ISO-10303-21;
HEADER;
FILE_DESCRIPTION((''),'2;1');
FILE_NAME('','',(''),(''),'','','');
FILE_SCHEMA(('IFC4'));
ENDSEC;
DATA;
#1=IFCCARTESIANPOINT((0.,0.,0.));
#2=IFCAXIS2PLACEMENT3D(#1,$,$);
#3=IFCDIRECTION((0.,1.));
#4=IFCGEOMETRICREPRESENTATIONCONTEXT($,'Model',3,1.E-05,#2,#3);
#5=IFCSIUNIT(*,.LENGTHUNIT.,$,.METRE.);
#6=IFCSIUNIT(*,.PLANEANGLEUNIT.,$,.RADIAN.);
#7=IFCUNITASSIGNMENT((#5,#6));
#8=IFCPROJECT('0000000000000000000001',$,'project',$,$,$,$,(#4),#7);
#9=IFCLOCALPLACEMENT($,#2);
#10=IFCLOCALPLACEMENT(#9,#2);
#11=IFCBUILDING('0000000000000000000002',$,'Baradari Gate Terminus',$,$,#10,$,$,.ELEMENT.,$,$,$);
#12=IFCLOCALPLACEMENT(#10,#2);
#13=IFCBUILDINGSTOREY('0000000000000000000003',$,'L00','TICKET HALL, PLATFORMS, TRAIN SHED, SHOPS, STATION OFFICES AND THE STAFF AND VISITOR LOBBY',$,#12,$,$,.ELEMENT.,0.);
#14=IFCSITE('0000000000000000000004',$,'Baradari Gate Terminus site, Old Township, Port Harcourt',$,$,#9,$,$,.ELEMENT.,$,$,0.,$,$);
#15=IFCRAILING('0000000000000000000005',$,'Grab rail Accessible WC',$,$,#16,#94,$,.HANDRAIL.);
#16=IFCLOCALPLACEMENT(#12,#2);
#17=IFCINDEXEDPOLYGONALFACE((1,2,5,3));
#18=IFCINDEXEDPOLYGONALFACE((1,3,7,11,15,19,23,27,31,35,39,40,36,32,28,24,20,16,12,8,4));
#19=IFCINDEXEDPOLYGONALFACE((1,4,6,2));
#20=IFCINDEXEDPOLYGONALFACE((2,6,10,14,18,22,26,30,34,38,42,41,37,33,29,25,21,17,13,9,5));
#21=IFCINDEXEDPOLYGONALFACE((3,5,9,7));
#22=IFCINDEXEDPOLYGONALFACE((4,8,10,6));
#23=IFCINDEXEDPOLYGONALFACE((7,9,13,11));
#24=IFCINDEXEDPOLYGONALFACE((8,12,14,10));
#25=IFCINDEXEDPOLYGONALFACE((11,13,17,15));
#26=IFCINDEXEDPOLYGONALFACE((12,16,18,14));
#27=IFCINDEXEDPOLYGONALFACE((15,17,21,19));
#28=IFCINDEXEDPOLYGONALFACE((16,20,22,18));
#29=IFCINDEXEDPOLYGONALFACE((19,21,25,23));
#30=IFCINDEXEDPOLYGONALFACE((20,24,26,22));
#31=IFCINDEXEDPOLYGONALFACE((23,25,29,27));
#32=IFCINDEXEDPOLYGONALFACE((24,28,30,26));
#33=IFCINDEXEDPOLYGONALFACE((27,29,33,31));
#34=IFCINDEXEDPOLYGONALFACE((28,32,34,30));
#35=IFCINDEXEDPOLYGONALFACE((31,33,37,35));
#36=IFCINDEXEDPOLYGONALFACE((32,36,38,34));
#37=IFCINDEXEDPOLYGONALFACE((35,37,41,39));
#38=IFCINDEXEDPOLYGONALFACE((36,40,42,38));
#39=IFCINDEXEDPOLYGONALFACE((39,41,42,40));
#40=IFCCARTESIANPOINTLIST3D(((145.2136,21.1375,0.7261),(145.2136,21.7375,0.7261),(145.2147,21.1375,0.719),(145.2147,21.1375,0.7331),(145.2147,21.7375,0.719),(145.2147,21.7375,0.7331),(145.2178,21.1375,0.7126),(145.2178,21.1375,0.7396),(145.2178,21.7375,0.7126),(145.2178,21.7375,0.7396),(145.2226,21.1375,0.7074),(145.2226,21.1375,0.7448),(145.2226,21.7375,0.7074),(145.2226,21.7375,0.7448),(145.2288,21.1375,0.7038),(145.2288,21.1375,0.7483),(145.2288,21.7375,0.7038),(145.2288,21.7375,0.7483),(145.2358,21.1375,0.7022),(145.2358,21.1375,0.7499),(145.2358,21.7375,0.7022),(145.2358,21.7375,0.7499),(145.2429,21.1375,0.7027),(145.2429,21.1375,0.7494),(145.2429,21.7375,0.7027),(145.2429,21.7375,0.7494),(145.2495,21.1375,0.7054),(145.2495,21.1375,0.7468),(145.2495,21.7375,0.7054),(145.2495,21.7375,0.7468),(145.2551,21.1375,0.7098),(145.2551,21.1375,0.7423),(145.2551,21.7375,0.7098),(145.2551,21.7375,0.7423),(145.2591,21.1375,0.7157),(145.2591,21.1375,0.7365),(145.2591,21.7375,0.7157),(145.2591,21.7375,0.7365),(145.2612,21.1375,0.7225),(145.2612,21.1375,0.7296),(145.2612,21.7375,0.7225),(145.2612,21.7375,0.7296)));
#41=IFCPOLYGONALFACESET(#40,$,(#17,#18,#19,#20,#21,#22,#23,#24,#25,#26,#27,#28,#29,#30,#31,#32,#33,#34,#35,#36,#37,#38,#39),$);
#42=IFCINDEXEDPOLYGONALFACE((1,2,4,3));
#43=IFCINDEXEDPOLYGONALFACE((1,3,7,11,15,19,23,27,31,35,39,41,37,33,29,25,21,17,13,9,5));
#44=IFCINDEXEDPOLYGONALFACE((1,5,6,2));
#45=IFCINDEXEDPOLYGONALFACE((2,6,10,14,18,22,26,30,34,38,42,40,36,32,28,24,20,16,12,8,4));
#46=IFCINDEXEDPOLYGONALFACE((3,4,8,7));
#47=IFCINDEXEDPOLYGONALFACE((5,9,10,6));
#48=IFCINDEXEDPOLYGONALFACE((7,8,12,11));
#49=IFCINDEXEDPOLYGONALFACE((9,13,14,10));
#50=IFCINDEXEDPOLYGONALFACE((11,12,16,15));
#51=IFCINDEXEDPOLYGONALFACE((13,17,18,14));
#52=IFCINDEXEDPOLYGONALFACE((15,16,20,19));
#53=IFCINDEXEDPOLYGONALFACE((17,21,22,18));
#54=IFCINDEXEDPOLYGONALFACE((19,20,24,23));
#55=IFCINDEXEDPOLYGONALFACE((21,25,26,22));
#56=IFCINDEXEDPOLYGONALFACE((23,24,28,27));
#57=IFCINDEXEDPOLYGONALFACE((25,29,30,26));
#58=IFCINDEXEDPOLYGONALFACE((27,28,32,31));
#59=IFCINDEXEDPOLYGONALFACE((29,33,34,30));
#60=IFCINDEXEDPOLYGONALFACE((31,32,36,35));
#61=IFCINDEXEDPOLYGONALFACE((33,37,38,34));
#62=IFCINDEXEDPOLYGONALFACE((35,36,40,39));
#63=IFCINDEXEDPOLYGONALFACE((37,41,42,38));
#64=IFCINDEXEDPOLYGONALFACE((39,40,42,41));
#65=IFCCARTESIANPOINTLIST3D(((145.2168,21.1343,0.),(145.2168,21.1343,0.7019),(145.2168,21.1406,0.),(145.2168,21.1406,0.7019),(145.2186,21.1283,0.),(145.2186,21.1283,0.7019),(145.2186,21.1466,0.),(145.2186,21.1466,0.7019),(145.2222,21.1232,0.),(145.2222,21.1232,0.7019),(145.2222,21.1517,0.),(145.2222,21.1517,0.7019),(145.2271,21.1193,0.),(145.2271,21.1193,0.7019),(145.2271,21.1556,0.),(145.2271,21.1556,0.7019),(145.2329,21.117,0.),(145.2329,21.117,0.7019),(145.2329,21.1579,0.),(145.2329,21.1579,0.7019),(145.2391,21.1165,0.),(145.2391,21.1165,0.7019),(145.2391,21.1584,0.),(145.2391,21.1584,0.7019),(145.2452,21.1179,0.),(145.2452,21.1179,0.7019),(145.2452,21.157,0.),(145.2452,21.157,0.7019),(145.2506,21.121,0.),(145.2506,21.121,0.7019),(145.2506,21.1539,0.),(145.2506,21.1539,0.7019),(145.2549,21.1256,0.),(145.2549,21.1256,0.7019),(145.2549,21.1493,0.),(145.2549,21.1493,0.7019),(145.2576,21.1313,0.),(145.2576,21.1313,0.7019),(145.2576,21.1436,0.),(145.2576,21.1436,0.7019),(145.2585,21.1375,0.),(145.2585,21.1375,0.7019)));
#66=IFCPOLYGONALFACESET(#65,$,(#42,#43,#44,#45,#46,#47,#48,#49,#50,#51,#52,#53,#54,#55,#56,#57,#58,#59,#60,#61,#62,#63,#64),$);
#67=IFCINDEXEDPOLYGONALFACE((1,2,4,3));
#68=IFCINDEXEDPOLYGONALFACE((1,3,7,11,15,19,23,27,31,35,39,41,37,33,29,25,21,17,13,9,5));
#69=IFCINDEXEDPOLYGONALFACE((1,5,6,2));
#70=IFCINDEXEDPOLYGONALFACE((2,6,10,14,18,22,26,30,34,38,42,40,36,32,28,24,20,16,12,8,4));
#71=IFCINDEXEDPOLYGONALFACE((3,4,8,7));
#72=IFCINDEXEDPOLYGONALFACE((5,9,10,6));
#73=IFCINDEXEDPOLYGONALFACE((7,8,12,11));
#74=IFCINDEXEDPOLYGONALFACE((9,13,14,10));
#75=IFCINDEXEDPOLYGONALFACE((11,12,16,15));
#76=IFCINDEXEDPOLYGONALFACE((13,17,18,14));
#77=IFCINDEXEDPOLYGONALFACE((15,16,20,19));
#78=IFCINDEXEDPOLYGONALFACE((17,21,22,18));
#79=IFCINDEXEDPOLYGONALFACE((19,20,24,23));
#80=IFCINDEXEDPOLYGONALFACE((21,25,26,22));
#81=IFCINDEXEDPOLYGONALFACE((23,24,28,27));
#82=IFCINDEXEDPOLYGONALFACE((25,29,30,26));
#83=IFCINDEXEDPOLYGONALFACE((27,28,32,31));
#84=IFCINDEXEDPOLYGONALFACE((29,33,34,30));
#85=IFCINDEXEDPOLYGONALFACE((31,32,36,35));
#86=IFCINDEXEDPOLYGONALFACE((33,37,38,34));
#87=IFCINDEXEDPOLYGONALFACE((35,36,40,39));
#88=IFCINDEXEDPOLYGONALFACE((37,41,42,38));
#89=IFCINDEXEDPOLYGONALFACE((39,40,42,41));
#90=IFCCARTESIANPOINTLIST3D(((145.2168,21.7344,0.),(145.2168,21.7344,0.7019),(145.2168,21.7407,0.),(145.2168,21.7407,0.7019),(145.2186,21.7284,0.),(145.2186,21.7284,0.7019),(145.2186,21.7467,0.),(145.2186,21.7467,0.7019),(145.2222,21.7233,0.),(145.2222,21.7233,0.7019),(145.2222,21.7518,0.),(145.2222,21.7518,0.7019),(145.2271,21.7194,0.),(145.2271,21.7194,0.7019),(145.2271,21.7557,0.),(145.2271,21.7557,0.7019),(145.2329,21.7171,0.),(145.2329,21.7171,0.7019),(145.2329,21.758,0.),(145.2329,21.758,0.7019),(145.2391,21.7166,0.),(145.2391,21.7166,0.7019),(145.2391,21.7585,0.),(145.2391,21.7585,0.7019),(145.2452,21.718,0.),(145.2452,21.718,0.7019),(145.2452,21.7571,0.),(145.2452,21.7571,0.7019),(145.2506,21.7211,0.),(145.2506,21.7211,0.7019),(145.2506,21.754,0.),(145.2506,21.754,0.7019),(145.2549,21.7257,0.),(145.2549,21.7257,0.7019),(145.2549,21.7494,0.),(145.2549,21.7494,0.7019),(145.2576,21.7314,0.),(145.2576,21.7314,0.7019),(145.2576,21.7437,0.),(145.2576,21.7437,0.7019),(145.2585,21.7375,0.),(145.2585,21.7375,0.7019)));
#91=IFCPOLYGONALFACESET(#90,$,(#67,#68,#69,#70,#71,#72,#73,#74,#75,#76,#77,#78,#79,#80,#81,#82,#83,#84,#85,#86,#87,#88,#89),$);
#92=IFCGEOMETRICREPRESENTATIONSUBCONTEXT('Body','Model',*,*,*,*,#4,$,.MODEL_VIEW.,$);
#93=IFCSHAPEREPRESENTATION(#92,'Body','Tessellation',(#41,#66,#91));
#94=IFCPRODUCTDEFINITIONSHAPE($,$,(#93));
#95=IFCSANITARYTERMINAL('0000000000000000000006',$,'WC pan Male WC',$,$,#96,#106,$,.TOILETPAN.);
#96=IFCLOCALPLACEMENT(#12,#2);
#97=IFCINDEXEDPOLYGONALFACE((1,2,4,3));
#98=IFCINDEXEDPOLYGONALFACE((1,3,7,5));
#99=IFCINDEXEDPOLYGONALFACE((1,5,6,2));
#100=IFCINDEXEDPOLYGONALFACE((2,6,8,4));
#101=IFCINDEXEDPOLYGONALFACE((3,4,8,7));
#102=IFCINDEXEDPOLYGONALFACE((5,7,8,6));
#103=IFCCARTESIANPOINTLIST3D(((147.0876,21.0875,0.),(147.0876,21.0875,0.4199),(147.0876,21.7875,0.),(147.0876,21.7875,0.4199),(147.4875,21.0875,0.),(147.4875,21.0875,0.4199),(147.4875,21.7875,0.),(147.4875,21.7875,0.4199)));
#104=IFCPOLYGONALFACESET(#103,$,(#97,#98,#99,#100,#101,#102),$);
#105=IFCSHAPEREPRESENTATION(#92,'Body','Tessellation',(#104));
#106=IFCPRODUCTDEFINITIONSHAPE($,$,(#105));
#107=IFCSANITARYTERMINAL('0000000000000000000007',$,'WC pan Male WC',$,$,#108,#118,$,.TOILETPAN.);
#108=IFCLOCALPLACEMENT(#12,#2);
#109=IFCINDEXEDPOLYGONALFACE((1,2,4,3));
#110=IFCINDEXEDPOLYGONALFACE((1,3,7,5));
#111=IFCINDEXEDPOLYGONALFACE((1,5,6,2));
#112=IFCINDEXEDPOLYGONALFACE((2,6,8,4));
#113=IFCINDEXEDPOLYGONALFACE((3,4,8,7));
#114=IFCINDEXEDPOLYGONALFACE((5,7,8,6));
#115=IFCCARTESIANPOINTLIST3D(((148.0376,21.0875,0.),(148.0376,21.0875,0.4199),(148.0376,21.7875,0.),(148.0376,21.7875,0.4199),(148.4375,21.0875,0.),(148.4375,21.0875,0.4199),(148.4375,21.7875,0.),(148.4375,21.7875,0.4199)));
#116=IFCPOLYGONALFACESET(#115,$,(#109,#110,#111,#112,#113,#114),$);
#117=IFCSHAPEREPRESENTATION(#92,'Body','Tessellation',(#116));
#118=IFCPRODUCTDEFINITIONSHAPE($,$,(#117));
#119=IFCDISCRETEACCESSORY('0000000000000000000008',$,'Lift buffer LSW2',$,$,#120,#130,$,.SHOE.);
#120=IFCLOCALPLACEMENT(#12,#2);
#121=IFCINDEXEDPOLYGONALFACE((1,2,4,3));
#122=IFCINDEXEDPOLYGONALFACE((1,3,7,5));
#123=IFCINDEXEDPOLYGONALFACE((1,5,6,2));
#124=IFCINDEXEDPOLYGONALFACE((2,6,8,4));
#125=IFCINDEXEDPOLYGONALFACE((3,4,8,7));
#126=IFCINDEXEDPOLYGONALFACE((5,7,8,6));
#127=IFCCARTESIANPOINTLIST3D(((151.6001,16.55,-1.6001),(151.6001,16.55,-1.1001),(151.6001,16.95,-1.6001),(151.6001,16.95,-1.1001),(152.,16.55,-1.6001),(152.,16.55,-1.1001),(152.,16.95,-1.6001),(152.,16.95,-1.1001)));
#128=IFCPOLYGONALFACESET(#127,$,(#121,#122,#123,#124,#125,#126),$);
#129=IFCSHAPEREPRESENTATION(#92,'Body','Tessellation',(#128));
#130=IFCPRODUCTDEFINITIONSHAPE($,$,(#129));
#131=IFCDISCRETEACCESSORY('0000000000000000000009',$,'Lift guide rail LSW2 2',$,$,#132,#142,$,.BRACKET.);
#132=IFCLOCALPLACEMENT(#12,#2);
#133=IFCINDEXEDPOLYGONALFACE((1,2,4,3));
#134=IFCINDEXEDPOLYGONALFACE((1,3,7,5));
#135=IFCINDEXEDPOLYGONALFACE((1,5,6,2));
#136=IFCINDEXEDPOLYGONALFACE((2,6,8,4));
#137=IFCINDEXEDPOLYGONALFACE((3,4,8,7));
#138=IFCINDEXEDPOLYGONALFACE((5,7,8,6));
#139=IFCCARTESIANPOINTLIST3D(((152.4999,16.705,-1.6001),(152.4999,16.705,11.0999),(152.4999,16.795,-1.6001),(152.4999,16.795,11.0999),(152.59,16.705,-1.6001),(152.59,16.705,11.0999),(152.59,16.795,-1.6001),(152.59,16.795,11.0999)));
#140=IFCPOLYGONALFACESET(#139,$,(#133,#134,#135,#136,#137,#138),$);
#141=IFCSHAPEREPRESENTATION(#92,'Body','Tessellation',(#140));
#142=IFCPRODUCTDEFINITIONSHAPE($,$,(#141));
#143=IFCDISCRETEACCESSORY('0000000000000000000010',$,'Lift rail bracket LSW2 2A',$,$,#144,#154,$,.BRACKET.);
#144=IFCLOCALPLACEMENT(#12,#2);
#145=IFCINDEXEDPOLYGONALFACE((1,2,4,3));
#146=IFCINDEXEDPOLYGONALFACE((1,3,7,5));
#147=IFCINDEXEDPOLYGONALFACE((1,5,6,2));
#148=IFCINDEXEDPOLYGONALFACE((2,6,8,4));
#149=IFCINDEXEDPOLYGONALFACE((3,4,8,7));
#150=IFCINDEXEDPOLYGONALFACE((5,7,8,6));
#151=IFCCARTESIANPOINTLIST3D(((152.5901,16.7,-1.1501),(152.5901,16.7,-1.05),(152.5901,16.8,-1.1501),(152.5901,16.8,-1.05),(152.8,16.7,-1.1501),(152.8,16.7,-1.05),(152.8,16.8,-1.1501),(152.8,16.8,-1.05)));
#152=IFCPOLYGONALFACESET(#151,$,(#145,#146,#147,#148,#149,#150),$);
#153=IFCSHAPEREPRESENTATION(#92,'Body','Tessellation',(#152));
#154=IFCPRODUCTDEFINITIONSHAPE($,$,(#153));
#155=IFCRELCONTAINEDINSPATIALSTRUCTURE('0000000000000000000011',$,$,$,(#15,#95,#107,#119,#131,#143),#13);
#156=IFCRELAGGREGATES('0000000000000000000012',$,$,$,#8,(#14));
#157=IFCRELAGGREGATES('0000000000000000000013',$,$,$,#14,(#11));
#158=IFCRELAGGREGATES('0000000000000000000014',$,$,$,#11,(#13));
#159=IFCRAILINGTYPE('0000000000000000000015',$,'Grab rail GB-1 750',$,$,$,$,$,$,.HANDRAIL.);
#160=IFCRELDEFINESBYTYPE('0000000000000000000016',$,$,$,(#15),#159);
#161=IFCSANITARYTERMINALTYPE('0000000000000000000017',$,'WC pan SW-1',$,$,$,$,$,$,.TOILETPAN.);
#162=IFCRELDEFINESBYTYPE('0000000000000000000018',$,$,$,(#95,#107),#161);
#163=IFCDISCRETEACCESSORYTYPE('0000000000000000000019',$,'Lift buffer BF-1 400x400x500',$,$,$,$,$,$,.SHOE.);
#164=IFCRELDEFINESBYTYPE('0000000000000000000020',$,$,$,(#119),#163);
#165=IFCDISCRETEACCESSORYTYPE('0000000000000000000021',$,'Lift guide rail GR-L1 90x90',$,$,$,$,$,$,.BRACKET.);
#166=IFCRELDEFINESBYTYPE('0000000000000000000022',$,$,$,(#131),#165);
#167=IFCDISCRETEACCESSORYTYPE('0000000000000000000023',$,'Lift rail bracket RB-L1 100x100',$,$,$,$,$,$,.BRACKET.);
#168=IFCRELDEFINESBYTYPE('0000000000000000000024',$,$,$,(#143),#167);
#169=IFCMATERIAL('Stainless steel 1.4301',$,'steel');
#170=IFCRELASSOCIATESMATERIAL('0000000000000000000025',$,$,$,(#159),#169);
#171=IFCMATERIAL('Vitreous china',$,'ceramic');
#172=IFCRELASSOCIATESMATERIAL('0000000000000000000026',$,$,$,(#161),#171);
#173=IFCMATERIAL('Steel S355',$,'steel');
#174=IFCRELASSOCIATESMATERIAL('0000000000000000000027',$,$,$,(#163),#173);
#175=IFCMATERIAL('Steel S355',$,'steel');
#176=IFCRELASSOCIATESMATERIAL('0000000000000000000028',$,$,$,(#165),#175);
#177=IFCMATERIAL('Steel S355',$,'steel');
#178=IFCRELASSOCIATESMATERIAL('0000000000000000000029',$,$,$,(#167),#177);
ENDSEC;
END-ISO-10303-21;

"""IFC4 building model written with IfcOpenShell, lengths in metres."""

from ifc_helpers import new_model, si_unit, direction, frame, origin, origin_2d, place, context, subcontext, project, spatial, rectangle, circle, extrude, material, type_object, element, save


model = new_model("IFC4")

# Units and contexts
model_context = context("Model", 3, precision=1e-05, world=origin(), true_north=direction((0.0, 1.0)))
body_context = subcontext(model_context, "Body", "Model", "MODEL_VIEW")
ifc_project = project(units=[si_unit("LENGTHUNIT", "METRE"), si_unit("PLANEANGLEUNIT", "RADIAN")], contexts=[model_context])

# Site, building, storey
site_placement = place(None, origin())
site = spatial("IfcSite", under=ifc_project, at=site_placement, Name="Baradari Gate Terminus site, Old Township, Port Harcourt", CompositionType="ELEMENT", RefElevation=0.0)
building_placement = place(site_placement, origin())
building = spatial("IfcBuilding", under=site, at=building_placement, Name="Baradari Gate Terminus", CompositionType="ELEMENT")
storey_placement = place(building_placement, origin())
storey = spatial("IfcBuildingStorey", under=building, at=storey_placement, Name="L00", Description="TICKET HALL, PLATFORMS, TRAIN SHED, SHOPS, STATION OFFICES AND THE STAFF AND VISITOR LOBBY", CompositionType="ELEMENT", Elevation=0.0)

# Railing
ifc_material_1 = material(Name="Stainless steel 1.4301", Category="steel")
railing_type = type_object("IfcRailingType", Name="Grab rail GB-1 750", PredefinedType="HANDRAIL", material=ifc_material_1)
railing_placement = place(storey_placement, frame((145.2375, 21.1375, 0.0)))
element("IfcRailing", 1, at=railing_placement, inside=storey, type_object=railing_type, Name="Grab rail Accessible WC", PredefinedType="HANDRAIL", context=body_context, shape_type="SweptSolid", body=[
    extrude(circle(Radius=0.0239, at=origin_2d()), frame((0.0, 0.0, 0.7261), z_axis=(0.0, 1.0, 0.0), x_axis=(-1.0, 0.0, 0.0)), (0.0, 0.0, 1.0), 0.6001),
    extrude(circle(Radius=0.021, at=origin_2d()), origin(), (0.0, 0.0, 1.0), 0.7019),
    extrude(circle(Radius=0.021, at=origin_2d()), frame((0.0, 0.6001, 0.0)), (0.0, 0.0, 1.0), 0.7019),
])

# Sanitary terminals
ifc_material_2 = material(Name="Vitreous china", Category="ceramic")
sanitary_terminal_type = type_object("IfcSanitaryTerminalType", Name="WC pan SW-1", PredefinedType="TOILETPAN", material=ifc_material_2)
for number, where, z_axis, x_axis, name in (
    (2, (147.2876, 21.4375, 0.0), (0.0, 0.0, 1.0), (1.0, 0.0, 0.0), "WC pan Male WC"),
    (3, (148.2375, 21.4375, 0.0), (0.0, 0.0, 1.0), (1.0, 0.0, 0.0), "WC pan Male WC"),
):
    element("IfcSanitaryTerminal", number, at=place(storey_placement, frame(where, z_axis=z_axis, x_axis=x_axis)), inside=storey, type_object=sanitary_terminal_type, Name=name, PredefinedType="TOILETPAN", context=body_context, shape_type="SweptSolid", body=[
        extrude(rectangle(XDim=0.3999, YDim=0.7, at=origin_2d()), origin(), (0.0, 0.0, 1.0), 0.4199),
    ])

# Discrete accessories
ifc_material_3 = material(Name="Steel S355", Category="steel")
discrete_accessory_type_1 = type_object("IfcDiscreteAccessoryType", Name="Lift buffer BF-1 400x400x500", PredefinedType="SHOE", material=ifc_material_3)
discrete_accessory_1_placement = place(storey_placement, frame((151.8, 16.75, -1.6001), z_axis=(0.0, 0.0, 1.0), x_axis=(1.0, 0.0, 0.0)))
element("IfcDiscreteAccessory", 4, at=discrete_accessory_1_placement, inside=storey, type_object=discrete_accessory_type_1, Name="Lift buffer LSW2", PredefinedType="SHOE", context=body_context, shape_type="SweptSolid", body=[
    extrude(rectangle(XDim=0.3999, YDim=0.3999, at=origin_2d()), origin(), (0.0, 0.0, 1.0), 0.5),
])
ifc_material_4 = material(Name="Steel S355", Category="steel")
discrete_accessory_type_2 = type_object("IfcDiscreteAccessoryType", Name="Lift guide rail GR-L1 90x90", PredefinedType="BRACKET", material=ifc_material_4)
discrete_accessory_2_placement = place(storey_placement, frame((152.5449, 16.75, -1.6001), z_axis=(0.0, 0.0, 1.0), x_axis=(1.0, 0.0, 0.0)))
element("IfcDiscreteAccessory", 5, at=discrete_accessory_2_placement, inside=storey, type_object=discrete_accessory_type_2, Name="Lift guide rail LSW2 2", PredefinedType="BRACKET", context=body_context, shape_type="SweptSolid", body=[
    extrude(rectangle(XDim=0.0901, YDim=0.0901, at=origin_2d()), origin(), (0.0, 0.0, 1.0), 12.7),
])
ifc_material_5 = material(Name="Steel S355", Category="steel")
discrete_accessory_type_3 = type_object("IfcDiscreteAccessoryType", Name="Lift rail bracket RB-L1 100x100", PredefinedType="BRACKET", material=ifc_material_5)
discrete_accessory_3_placement = place(storey_placement, frame((152.6951, 16.75, -1.1501), z_axis=(0.0, 0.0, 1.0), x_axis=(1.0, 0.0, 0.0)))
element("IfcDiscreteAccessory", 6, at=discrete_accessory_3_placement, inside=storey, type_object=discrete_accessory_type_3, Name="Lift rail bracket LSW2 2A", PredefinedType="BRACKET", context=body_context, shape_type="SweptSolid", body=[
    extrude(rectangle(XDim=0.21, YDim=0.1001, at=origin_2d()), origin(), (0.0, 0.0, 1.0), 0.1001),
])

save(model, "model.ifc")
